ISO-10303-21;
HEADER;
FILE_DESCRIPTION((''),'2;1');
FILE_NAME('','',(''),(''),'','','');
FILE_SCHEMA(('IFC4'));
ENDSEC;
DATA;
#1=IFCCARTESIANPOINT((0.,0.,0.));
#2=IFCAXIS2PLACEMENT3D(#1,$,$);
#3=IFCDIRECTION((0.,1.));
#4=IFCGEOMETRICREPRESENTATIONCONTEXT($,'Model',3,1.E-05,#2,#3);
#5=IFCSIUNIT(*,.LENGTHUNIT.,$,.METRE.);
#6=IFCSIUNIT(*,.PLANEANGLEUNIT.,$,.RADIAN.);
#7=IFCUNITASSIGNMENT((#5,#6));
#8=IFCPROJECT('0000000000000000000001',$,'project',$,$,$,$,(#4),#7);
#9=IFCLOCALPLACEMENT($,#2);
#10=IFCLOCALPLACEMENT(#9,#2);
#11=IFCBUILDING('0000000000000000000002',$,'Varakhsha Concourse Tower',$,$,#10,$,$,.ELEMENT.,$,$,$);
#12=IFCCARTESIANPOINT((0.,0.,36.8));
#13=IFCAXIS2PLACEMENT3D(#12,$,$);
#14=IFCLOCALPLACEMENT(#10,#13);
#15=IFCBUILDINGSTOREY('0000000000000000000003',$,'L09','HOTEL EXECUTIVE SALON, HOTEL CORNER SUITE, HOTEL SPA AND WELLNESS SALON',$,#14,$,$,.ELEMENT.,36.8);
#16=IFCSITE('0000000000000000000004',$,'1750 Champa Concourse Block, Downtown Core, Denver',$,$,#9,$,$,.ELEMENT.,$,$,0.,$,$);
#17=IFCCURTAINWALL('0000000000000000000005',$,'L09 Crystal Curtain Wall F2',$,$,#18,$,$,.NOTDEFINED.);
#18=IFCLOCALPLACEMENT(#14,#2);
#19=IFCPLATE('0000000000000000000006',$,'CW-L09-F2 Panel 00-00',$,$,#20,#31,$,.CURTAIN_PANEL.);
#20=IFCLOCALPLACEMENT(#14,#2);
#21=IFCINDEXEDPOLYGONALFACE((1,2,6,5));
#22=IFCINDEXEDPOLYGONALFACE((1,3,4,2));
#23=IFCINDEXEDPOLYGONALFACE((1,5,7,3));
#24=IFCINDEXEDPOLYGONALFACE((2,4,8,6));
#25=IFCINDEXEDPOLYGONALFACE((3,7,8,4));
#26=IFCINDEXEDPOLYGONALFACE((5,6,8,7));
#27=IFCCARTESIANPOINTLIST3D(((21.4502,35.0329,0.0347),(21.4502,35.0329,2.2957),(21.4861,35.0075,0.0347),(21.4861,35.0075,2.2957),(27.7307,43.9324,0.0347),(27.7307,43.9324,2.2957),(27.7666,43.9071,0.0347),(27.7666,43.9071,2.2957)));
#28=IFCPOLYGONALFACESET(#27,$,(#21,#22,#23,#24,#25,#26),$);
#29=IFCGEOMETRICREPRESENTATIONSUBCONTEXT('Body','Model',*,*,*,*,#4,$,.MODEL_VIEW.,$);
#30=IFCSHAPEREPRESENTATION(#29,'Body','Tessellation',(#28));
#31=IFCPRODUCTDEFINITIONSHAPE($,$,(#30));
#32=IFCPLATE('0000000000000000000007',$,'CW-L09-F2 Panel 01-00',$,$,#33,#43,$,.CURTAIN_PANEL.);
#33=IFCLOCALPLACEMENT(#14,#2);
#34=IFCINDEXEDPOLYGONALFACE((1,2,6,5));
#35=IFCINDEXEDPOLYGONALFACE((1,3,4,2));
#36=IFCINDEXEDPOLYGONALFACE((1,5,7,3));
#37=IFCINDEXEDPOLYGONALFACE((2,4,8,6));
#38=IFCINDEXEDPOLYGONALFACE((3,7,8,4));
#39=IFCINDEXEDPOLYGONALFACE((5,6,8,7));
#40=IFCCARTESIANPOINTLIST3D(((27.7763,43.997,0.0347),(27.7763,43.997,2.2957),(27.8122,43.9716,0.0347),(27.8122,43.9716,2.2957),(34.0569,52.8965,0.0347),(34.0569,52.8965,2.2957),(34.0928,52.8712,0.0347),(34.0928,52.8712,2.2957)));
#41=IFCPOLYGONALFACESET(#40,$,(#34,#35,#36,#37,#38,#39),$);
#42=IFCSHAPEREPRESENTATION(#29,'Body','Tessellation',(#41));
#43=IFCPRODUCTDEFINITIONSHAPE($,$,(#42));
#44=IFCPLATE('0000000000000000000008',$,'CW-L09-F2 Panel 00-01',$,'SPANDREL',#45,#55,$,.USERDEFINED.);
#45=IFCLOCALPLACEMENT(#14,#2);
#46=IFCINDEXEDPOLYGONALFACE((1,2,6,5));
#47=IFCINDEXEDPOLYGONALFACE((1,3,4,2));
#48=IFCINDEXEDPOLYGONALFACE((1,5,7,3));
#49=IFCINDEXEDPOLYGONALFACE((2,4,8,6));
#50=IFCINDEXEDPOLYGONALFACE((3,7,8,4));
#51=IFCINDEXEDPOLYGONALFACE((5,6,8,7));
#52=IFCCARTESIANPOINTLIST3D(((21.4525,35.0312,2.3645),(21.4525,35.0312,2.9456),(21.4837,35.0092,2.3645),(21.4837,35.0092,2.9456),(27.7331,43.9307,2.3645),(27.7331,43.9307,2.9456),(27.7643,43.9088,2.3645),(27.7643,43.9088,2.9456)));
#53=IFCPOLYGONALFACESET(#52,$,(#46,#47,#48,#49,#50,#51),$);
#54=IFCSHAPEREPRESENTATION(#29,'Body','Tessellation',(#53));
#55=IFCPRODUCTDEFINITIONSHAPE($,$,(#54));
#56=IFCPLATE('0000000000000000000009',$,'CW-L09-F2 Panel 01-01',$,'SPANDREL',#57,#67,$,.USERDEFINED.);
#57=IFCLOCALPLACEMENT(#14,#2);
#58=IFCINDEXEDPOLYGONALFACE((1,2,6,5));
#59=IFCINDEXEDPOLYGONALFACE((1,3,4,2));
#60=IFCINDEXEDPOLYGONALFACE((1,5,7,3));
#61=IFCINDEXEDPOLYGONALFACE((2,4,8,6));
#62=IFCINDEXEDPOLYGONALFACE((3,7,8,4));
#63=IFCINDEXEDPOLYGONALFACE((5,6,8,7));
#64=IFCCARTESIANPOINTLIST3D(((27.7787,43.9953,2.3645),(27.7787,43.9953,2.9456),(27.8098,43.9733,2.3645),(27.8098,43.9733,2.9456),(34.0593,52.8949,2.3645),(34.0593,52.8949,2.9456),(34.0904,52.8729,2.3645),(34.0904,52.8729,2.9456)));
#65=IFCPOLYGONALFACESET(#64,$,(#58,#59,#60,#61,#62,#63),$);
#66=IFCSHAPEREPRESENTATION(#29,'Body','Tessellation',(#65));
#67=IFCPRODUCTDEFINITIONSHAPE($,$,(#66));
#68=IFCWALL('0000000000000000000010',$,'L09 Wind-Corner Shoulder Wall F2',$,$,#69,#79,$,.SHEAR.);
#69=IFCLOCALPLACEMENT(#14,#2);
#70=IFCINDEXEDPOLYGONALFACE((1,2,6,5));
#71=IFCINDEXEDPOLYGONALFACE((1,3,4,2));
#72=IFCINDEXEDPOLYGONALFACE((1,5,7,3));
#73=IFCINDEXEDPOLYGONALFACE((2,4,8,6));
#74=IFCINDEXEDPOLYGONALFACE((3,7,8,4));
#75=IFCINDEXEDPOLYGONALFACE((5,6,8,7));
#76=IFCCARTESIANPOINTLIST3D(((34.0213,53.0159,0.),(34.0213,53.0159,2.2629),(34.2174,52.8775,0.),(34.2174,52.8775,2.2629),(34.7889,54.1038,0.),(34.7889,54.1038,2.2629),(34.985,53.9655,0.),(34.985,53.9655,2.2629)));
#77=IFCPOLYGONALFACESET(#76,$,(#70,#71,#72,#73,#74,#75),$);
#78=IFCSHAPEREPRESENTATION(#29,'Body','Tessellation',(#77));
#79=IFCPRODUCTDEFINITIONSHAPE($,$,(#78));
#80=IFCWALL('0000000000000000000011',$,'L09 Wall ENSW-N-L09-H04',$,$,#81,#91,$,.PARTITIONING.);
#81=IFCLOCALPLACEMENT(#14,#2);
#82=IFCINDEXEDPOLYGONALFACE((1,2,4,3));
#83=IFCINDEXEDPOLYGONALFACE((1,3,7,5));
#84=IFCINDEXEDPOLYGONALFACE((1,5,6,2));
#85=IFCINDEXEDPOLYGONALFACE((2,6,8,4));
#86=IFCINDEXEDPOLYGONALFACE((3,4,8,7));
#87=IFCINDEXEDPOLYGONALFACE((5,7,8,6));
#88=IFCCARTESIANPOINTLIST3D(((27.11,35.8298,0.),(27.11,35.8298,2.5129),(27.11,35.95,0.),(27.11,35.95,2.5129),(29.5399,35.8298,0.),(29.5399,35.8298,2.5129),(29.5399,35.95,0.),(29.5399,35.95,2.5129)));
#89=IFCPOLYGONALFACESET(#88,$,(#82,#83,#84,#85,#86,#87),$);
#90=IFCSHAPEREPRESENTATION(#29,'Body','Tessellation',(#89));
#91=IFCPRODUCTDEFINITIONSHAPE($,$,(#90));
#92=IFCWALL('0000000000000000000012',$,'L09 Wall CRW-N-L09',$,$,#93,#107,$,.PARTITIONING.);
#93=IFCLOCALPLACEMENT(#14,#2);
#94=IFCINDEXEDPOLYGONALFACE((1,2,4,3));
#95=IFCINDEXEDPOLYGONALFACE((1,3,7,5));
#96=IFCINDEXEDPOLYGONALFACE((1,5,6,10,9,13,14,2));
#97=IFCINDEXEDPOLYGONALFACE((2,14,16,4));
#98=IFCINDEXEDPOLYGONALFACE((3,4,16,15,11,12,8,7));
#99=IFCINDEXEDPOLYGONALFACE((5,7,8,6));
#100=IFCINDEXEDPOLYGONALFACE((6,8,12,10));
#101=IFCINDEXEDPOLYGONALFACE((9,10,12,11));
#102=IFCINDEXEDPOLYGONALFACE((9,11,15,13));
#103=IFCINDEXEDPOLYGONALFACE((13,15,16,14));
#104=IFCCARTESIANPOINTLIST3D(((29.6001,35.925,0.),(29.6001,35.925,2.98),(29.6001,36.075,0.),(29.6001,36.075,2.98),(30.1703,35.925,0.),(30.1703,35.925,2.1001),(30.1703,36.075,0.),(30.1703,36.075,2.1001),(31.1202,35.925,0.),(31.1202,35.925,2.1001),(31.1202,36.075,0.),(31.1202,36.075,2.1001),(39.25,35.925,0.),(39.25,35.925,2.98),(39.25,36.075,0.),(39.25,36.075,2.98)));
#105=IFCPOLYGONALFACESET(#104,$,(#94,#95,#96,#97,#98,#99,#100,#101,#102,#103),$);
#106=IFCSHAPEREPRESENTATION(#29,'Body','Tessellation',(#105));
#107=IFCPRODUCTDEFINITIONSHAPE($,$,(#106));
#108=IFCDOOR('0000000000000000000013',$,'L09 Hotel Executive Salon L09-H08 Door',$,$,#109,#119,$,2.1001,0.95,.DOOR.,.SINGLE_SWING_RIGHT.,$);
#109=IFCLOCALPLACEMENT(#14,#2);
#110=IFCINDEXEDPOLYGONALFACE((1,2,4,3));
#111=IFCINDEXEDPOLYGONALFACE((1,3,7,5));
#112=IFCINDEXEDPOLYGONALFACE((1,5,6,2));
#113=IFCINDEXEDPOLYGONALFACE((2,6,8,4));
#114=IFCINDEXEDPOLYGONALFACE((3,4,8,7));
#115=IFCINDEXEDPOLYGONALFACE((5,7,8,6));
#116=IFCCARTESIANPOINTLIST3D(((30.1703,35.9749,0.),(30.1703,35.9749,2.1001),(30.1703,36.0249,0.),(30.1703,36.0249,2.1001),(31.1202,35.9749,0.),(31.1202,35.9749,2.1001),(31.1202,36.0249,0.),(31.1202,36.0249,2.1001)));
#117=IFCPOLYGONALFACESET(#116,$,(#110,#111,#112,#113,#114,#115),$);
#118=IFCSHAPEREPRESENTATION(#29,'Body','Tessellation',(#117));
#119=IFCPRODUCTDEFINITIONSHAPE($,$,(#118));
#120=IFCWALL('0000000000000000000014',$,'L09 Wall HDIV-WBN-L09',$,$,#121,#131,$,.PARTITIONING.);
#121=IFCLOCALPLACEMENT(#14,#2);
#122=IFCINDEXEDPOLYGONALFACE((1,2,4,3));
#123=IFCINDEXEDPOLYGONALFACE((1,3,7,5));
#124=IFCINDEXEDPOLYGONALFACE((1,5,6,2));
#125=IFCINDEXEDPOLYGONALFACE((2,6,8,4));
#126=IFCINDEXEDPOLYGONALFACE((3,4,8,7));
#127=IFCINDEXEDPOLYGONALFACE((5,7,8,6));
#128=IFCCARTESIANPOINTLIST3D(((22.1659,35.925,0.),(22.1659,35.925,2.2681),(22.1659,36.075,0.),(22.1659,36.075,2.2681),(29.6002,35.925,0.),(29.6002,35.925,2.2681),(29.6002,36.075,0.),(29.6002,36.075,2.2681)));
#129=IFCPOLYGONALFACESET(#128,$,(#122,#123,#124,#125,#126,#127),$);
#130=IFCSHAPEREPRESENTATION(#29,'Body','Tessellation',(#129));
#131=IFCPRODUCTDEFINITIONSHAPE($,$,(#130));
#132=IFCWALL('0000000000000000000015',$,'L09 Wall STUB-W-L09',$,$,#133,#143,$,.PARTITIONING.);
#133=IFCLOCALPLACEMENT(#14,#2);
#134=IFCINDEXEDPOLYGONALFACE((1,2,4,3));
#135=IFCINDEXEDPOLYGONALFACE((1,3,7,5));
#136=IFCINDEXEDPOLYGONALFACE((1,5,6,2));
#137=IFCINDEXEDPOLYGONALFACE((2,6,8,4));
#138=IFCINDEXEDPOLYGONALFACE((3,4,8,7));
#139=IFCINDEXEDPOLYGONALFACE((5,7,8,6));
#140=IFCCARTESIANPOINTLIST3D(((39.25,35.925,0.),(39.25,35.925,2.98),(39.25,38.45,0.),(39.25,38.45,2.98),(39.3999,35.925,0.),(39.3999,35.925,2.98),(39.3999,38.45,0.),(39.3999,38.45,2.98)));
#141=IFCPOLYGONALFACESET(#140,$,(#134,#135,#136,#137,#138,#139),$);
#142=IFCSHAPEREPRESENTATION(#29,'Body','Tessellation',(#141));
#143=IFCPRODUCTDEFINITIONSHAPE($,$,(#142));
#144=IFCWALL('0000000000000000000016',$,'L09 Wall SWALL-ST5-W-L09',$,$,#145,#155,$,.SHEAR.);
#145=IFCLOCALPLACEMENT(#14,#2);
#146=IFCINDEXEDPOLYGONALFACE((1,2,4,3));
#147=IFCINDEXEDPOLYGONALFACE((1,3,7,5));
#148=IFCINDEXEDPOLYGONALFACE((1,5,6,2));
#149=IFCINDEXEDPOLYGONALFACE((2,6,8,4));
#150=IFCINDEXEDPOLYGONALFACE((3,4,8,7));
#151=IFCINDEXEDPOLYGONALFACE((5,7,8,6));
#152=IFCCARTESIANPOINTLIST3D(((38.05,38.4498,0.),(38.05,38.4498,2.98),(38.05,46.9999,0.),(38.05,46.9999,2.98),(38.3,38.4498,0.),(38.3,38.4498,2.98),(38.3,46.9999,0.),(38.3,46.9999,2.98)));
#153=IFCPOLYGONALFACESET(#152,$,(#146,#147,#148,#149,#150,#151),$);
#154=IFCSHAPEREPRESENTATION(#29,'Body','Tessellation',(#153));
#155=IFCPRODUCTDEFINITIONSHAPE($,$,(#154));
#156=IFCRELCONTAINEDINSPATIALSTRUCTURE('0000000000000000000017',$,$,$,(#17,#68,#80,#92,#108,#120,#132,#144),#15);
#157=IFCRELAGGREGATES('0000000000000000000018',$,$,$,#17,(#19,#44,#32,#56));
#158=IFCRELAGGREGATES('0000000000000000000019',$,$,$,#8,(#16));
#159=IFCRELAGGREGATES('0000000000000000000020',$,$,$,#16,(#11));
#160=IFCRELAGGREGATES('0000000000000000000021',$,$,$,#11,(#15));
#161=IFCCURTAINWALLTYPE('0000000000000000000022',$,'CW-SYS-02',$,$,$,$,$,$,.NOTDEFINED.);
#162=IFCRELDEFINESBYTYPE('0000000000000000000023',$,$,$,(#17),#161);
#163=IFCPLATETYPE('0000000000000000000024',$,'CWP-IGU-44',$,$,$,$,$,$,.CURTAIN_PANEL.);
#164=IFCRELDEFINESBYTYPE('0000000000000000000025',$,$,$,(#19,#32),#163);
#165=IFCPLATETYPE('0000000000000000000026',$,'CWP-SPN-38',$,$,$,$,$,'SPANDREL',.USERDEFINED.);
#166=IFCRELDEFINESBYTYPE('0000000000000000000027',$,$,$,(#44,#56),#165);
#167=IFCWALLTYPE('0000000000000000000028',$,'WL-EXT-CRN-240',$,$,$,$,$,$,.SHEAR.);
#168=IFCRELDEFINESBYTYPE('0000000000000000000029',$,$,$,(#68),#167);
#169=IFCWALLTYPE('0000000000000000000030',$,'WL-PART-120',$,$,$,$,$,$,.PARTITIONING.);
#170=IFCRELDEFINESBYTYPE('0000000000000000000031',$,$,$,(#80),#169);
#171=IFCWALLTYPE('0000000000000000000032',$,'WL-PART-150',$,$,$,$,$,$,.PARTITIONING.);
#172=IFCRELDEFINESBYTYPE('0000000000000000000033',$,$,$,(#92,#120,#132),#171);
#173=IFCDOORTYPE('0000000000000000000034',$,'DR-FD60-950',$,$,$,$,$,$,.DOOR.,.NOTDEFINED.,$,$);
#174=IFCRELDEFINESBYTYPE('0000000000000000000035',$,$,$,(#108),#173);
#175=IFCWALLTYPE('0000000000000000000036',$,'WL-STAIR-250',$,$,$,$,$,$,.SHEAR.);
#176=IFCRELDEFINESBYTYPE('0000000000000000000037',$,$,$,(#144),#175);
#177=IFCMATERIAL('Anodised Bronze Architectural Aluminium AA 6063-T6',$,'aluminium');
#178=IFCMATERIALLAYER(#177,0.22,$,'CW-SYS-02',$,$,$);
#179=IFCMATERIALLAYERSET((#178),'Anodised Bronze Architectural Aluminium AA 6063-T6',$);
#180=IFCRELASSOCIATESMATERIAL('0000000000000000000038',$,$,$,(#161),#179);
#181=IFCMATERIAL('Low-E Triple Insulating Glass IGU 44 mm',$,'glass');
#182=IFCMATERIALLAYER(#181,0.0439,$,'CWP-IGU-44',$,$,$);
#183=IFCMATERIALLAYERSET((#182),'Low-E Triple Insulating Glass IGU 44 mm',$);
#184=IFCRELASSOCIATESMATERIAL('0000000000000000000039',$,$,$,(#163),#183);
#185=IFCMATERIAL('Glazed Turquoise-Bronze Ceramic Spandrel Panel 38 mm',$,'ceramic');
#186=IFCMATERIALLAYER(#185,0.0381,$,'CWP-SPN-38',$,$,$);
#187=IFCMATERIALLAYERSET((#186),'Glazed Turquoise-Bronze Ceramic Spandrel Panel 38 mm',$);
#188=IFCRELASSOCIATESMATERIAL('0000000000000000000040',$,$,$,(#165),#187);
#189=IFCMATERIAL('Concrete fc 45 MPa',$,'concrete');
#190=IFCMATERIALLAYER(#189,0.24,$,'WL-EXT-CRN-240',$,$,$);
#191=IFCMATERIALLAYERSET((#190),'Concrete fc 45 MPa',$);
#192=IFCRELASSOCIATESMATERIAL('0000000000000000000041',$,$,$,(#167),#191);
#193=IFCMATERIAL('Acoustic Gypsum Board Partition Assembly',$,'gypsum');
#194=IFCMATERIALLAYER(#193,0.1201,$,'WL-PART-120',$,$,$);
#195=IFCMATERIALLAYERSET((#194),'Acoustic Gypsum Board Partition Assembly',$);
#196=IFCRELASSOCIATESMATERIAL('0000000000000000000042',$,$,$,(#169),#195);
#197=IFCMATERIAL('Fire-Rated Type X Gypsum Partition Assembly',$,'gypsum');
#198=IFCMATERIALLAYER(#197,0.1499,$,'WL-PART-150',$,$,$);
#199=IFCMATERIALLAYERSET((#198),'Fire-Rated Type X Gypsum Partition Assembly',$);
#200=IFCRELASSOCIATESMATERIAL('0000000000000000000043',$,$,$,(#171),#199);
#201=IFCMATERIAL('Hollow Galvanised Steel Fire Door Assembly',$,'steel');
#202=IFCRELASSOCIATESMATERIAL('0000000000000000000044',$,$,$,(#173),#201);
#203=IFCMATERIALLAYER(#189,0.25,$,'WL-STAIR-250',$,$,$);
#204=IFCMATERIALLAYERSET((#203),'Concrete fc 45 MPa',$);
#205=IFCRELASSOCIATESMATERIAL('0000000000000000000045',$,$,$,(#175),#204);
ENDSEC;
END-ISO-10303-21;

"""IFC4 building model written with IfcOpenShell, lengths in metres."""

from ifc_helpers import new_model, si_unit, direction, frame, frame_2d, origin, origin_2d, place, context, subcontext, project, spatial, rectangle, extrude, source, transform, mapped, material, layer, layer_set, type_object, type_shapes, element, fill, aggregate, save


model = new_model("IFC4")

# Units and contexts
model_context = context("Model", 3, precision=1e-05, world=origin(), true_north=direction((0.0, 1.0)))
body_context = subcontext(model_context, "Body", "Model", "MODEL_VIEW")
ifc_project = project(units=[si_unit("LENGTHUNIT", "METRE"), si_unit("PLANEANGLEUNIT", "RADIAN")], contexts=[model_context])

# Site, building, storey
site_placement = place(None, origin())
site = spatial("IfcSite", under=ifc_project, at=site_placement, Name="1750 Champa Concourse Block, Downtown Core, Denver", CompositionType="ELEMENT", RefElevation=0.0)
building_placement = place(site_placement, origin())
building = spatial("IfcBuilding", under=site, at=building_placement, Name="Varakhsha Concourse Tower", CompositionType="ELEMENT")
storey_placement = place(building_placement, frame((0.0, 0.0, 36.8)))
storey = spatial("IfcBuildingStorey", under=building, at=storey_placement, Name="L09", Description="HOTEL EXECUTIVE SALON, HOTEL CORNER SUITE, HOTEL SPA AND WELLNESS SALON", CompositionType="ELEMENT", Elevation=36.8)

# Shared definitions
ifc_material_1 = material(Name="Anodised Bronze Architectural Aluminium AA 6063-T6", Category="aluminium")
ifc_layer_1 = layer(ifc_material_1, 0.22, Name="CW-SYS-02")
ifc_layer_set_1 = layer_set([ifc_layer_1], Name="Anodised Bronze Architectural Aluminium AA 6063-T6")
curtain_wall_type = type_object("IfcCurtainWallType", Name="CW-SYS-02", PredefinedType="NOTDEFINED", material=ifc_layer_set_1)

# Curtain wall
curtain_wall_1_placement = place(storey_placement, origin())
curtain_wall_1 = element("IfcCurtainWall", 1, at=curtain_wall_1_placement, inside=storey, type_object=curtain_wall_type, Name="L09 Crystal Curtain Wall F2", PredefinedType="NOTDEFINED")

# Plates
ifc_material_2 = material(Name="Low-E Triple Insulating Glass IGU 44 mm", Category="glass")
ifc_layer_2 = layer(ifc_material_2, 0.0439, Name="CWP-IGU-44")
ifc_layer_set_2 = layer_set([ifc_layer_2], Name="Low-E Triple Insulating Glass IGU 44 mm")
plate_type_1 = type_object("IfcPlateType", Name="CWP-IGU-44", PredefinedType="CURTAIN_PANEL", material=ifc_layer_set_2)
shared_shape_1 = source(origin(), body_context, "Body", "SweptSolid", [
    extrude(rectangle(XDim=10.8926, YDim=0.0439, at=origin_2d()), origin(), (0.0, 0.0, 1.0), 2.261),
])
type_shapes(plate_type_1, [shared_shape_1])
plate_1_placement = place(storey_placement, frame((24.6084, 39.47, 0.0347), z_axis=(0.0, 0.0, 1.0), x_axis=(0.576593, 0.817031, 0.0)))
plate_1 = element("IfcPlate", 2, at=plate_1_placement, type_object=plate_type_1, Name="CW-L09-F2 Panel 00-00", PredefinedType="CURTAIN_PANEL", context=body_context, shape_type="MappedRepresentation", body=[
    mapped(shared_shape_1, transform((0.0, 0.0, 0.0), scale=1.0)),
])
plate_2_placement = place(storey_placement, frame((30.9346, 48.4341, 0.0347), z_axis=(0.0, 0.0, 1.0), x_axis=(0.576593, 0.817031, 0.0)))
plate_2 = element("IfcPlate", 3, at=plate_2_placement, type_object=plate_type_1, Name="CW-L09-F2 Panel 01-00", PredefinedType="CURTAIN_PANEL", context=body_context, shape_type="MappedRepresentation", body=[
    mapped(shared_shape_1, transform((0.0, 0.0, 0.0), scale=1.0)),
])
ifc_material_3 = material(Name="Glazed Turquoise-Bronze Ceramic Spandrel Panel 38 mm", Category="ceramic")
ifc_layer_3 = layer(ifc_material_3, 0.0381, Name="CWP-SPN-38")
ifc_layer_set_3 = layer_set([ifc_layer_3], Name="Glazed Turquoise-Bronze Ceramic Spandrel Panel 38 mm")
plate_type_2 = type_object("IfcPlateType", Name="CWP-SPN-38", ElementType="SPANDREL", PredefinedType="USERDEFINED", material=ifc_layer_set_3)
shared_shape_2 = source(origin(), body_context, "Body", "SweptSolid", [
    extrude(rectangle(XDim=10.8926, YDim=0.0381, at=origin_2d()), origin(), (0.0, 0.0, 1.0), 0.5811),
])
type_shapes(plate_type_2, [shared_shape_2])
plate_3_placement = place(storey_placement, frame((24.6084, 39.47, 2.3645), z_axis=(0.0, 0.0, 1.0), x_axis=(0.576593, 0.817031, 0.0)))
plate_3 = element("IfcPlate", 4, at=plate_3_placement, type_object=plate_type_2, Name="CW-L09-F2 Panel 00-01", ObjectType="SPANDREL", PredefinedType="USERDEFINED", context=body_context, shape_type="MappedRepresentation", body=[
    mapped(shared_shape_2, transform((0.0, 0.0, 0.0), scale=1.0)),
])
plate_4_placement = place(storey_placement, frame((30.9346, 48.4341, 2.3645), z_axis=(0.0, 0.0, 1.0), x_axis=(0.576593, 0.817031, 0.0)))
plate_4 = element("IfcPlate", 5, at=plate_4_placement, type_object=plate_type_2, Name="CW-L09-F2 Panel 01-01", ObjectType="SPANDREL", PredefinedType="USERDEFINED", context=body_context, shape_type="MappedRepresentation", body=[
    mapped(shared_shape_2, transform((0.0, 0.0, 0.0), scale=1.0)),
])
aggregate(curtain_wall_1, [plate_1, plate_3, plate_2, plate_4])

# Walls
ifc_material_4 = material(Name="Concrete fc 45 MPa", Category="concrete")
ifc_layer_4 = layer(ifc_material_4, 0.24, Name="WL-EXT-CRN-240")
ifc_layer_set_4 = layer_set([ifc_layer_4], Name="Concrete fc 45 MPa")
wall_type_1 = type_object("IfcWallType", Name="WL-EXT-CRN-240", PredefinedType="SHEAR", material=ifc_layer_set_4)
wall_1_placement = place(storey_placement, frame((34.887, 54.0347, 0.0), z_axis=(0.0, 0.0, 1.0), x_axis=(-0.57651, -0.81709, 0.0)))
element("IfcWall", 6, at=wall_1_placement, inside=storey, type_object=wall_type_1, Name="L09 Wind-Corner Shoulder Wall F2", PredefinedType="SHEAR", context=body_context, shape_type="SweptSolid", body=[
    extrude(rectangle(XDim=1.3315, YDim=0.24, at=frame_2d((0.6658, 0.0))), origin(), (0.0, 0.0, 1.0), 2.2629),
])
ifc_material_5 = material(Name="Acoustic Gypsum Board Partition Assembly", Category="gypsum")
ifc_layer_5 = layer(ifc_material_5, 0.1201, Name="WL-PART-120")
ifc_layer_set_5 = layer_set([ifc_layer_5], Name="Acoustic Gypsum Board Partition Assembly")
wall_type_2 = type_object("IfcWallType", Name="WL-PART-120", PredefinedType="PARTITIONING", material=ifc_layer_set_5)
wall_2_placement = place(storey_placement, frame((27.1101, 35.8899, 0.0), z_axis=(0.0, 0.0, 1.0), x_axis=(1.0, 0.0, 0.0)))
element("IfcWall", 7, at=wall_2_placement, inside=storey, type_object=wall_type_2, Name="L09 Wall ENSW-N-L09-H04", PredefinedType="PARTITIONING", context=body_context, shape_type="SweptSolid", body=[
    extrude(rectangle(XDim=2.4299, YDim=0.1201, at=frame_2d((1.2148, 0.0))), origin(), (0.0, 0.0, 1.0), 2.5129),
])

# Wall, opening, door
ifc_material_6 = material(Name="Fire-Rated Type X Gypsum Partition Assembly", Category="gypsum")
ifc_layer_6 = layer(ifc_material_6, 0.1499, Name="WL-PART-150")
ifc_layer_set_6 = layer_set([ifc_layer_6], Name="Fire-Rated Type X Gypsum Partition Assembly")
wall_type_3 = type_object("IfcWallType", Name="WL-PART-150", PredefinedType="PARTITIONING", material=ifc_layer_set_6)
wall_3_placement = place(storey_placement, frame((29.6001, 36.0, 0.0), z_axis=(0.0, 0.0, 1.0), x_axis=(1.0, 0.0, 0.0)))
wall_3 = element("IfcWall", 8, at=wall_3_placement, inside=storey, type_object=wall_type_3, Name="L09 Wall CRW-N-L09", PredefinedType="PARTITIONING", context=body_context, shape_type="SweptSolid", body=[
    extrude(rectangle(XDim=9.6499, YDim=0.1499, at=frame_2d((4.825, 0.0))), origin(), (0.0, 0.0, 1.0), 2.98),
])
opening_1_placement = place(wall_3_placement, frame((0.5701, 0.0, 0.0)))
opening_1 = element("IfcOpeningElement", 9, at=opening_1_placement, cuts=wall_3, PredefinedType="OPENING", context=body_context, shape_type="SweptSolid", body=[
    extrude(rectangle(XDim=0.95, YDim=2.1001, at=frame_2d((0.4751, 1.05))), frame((0.0, 0.085, 0.0), z_axis=(0.0, -1.0, 0.0), x_axis=(1.0, 0.0, 0.0)), (0.0, 0.0, 1.0), 0.1699),
])
ifc_material_7 = material(Name="Hollow Galvanised Steel Fire Door Assembly", Category="steel")
door_type_1 = type_object("IfcDoorType", Name="DR-FD60-950", OperationType="NOTDEFINED", PredefinedType="DOOR", material=ifc_material_7)
door_1_placement = place(opening_1_placement, origin())
door_1 = element("IfcDoor", 10, at=door_1_placement, inside=storey, type_object=door_type_1, Name="L09 Hotel Executive Salon L09-H08 Door", OperationType="SINGLE_SWING_RIGHT", OverallHeight=2.1001, OverallWidth=0.95, PredefinedType="DOOR", context=body_context, shape_type="SweptSolid", body=[
    extrude(rectangle(XDim=0.95, YDim=2.1001, at=frame_2d((0.4751, 1.05))), frame((0.0, 0.0249, 0.0), z_axis=(0.0, -1.0, 0.0), x_axis=(1.0, 0.0, 0.0)), (0.0, 0.0, 1.0), 0.05),
])
fill(opening_1, door_1)

# Walls
wall_4_placement = place(storey_placement, frame((22.1658, 36.0, 0.0), z_axis=(0.0, 0.0, 1.0), x_axis=(1.0, 0.0, 0.0)))
element("IfcWall", 11, at=wall_4_placement, inside=storey, type_object=wall_type_3, Name="L09 Wall HDIV-WBN-L09", PredefinedType="PARTITIONING", context=body_context, shape_type="SweptSolid", body=[
    extrude(rectangle(XDim=7.4343, YDim=0.1499, at=frame_2d((3.7173, 0.0))), origin(), (0.0, 0.0, 1.0), 2.2681),
])
wall_5_placement = place(storey_placement, frame((39.325, 35.925, 0.0), z_axis=(0.0, 0.0, 1.0), x_axis=(0.0, 1.0, 0.0)))
element("IfcWall", 12, at=wall_5_placement, inside=storey, type_object=wall_type_3, Name="L09 Wall STUB-W-L09", PredefinedType="PARTITIONING", context=body_context, shape_type="SweptSolid", body=[
    extrude(rectangle(XDim=2.5249, YDim=0.1499, at=frame_2d((1.2625, 0.0))), origin(), (0.0, 0.0, 1.0), 2.98),
])
ifc_layer_7 = layer(ifc_material_4, 0.25, Name="WL-STAIR-250")
ifc_layer_set_7 = layer_set([ifc_layer_7], Name="Concrete fc 45 MPa")
wall_type_4 = type_object("IfcWallType", Name="WL-STAIR-250", PredefinedType="SHEAR", material=ifc_layer_set_7)
wall_6_placement = place(storey_placement, frame((38.175, 38.45, 0.0), z_axis=(0.0, 0.0, 1.0), x_axis=(0.0, 1.0, 0.0)))
element("IfcWall", 13, at=wall_6_placement, inside=storey, type_object=wall_type_4, Name="L09 Wall SWALL-ST5-W-L09", PredefinedType="SHEAR", context=body_context, shape_type="SweptSolid", body=[
    extrude(rectangle(XDim=8.55, YDim=0.25, at=frame_2d((4.2749, 0.0))), origin(), (0.0, 0.0, 1.0), 2.98),
])

save(model, "model.ifc")
